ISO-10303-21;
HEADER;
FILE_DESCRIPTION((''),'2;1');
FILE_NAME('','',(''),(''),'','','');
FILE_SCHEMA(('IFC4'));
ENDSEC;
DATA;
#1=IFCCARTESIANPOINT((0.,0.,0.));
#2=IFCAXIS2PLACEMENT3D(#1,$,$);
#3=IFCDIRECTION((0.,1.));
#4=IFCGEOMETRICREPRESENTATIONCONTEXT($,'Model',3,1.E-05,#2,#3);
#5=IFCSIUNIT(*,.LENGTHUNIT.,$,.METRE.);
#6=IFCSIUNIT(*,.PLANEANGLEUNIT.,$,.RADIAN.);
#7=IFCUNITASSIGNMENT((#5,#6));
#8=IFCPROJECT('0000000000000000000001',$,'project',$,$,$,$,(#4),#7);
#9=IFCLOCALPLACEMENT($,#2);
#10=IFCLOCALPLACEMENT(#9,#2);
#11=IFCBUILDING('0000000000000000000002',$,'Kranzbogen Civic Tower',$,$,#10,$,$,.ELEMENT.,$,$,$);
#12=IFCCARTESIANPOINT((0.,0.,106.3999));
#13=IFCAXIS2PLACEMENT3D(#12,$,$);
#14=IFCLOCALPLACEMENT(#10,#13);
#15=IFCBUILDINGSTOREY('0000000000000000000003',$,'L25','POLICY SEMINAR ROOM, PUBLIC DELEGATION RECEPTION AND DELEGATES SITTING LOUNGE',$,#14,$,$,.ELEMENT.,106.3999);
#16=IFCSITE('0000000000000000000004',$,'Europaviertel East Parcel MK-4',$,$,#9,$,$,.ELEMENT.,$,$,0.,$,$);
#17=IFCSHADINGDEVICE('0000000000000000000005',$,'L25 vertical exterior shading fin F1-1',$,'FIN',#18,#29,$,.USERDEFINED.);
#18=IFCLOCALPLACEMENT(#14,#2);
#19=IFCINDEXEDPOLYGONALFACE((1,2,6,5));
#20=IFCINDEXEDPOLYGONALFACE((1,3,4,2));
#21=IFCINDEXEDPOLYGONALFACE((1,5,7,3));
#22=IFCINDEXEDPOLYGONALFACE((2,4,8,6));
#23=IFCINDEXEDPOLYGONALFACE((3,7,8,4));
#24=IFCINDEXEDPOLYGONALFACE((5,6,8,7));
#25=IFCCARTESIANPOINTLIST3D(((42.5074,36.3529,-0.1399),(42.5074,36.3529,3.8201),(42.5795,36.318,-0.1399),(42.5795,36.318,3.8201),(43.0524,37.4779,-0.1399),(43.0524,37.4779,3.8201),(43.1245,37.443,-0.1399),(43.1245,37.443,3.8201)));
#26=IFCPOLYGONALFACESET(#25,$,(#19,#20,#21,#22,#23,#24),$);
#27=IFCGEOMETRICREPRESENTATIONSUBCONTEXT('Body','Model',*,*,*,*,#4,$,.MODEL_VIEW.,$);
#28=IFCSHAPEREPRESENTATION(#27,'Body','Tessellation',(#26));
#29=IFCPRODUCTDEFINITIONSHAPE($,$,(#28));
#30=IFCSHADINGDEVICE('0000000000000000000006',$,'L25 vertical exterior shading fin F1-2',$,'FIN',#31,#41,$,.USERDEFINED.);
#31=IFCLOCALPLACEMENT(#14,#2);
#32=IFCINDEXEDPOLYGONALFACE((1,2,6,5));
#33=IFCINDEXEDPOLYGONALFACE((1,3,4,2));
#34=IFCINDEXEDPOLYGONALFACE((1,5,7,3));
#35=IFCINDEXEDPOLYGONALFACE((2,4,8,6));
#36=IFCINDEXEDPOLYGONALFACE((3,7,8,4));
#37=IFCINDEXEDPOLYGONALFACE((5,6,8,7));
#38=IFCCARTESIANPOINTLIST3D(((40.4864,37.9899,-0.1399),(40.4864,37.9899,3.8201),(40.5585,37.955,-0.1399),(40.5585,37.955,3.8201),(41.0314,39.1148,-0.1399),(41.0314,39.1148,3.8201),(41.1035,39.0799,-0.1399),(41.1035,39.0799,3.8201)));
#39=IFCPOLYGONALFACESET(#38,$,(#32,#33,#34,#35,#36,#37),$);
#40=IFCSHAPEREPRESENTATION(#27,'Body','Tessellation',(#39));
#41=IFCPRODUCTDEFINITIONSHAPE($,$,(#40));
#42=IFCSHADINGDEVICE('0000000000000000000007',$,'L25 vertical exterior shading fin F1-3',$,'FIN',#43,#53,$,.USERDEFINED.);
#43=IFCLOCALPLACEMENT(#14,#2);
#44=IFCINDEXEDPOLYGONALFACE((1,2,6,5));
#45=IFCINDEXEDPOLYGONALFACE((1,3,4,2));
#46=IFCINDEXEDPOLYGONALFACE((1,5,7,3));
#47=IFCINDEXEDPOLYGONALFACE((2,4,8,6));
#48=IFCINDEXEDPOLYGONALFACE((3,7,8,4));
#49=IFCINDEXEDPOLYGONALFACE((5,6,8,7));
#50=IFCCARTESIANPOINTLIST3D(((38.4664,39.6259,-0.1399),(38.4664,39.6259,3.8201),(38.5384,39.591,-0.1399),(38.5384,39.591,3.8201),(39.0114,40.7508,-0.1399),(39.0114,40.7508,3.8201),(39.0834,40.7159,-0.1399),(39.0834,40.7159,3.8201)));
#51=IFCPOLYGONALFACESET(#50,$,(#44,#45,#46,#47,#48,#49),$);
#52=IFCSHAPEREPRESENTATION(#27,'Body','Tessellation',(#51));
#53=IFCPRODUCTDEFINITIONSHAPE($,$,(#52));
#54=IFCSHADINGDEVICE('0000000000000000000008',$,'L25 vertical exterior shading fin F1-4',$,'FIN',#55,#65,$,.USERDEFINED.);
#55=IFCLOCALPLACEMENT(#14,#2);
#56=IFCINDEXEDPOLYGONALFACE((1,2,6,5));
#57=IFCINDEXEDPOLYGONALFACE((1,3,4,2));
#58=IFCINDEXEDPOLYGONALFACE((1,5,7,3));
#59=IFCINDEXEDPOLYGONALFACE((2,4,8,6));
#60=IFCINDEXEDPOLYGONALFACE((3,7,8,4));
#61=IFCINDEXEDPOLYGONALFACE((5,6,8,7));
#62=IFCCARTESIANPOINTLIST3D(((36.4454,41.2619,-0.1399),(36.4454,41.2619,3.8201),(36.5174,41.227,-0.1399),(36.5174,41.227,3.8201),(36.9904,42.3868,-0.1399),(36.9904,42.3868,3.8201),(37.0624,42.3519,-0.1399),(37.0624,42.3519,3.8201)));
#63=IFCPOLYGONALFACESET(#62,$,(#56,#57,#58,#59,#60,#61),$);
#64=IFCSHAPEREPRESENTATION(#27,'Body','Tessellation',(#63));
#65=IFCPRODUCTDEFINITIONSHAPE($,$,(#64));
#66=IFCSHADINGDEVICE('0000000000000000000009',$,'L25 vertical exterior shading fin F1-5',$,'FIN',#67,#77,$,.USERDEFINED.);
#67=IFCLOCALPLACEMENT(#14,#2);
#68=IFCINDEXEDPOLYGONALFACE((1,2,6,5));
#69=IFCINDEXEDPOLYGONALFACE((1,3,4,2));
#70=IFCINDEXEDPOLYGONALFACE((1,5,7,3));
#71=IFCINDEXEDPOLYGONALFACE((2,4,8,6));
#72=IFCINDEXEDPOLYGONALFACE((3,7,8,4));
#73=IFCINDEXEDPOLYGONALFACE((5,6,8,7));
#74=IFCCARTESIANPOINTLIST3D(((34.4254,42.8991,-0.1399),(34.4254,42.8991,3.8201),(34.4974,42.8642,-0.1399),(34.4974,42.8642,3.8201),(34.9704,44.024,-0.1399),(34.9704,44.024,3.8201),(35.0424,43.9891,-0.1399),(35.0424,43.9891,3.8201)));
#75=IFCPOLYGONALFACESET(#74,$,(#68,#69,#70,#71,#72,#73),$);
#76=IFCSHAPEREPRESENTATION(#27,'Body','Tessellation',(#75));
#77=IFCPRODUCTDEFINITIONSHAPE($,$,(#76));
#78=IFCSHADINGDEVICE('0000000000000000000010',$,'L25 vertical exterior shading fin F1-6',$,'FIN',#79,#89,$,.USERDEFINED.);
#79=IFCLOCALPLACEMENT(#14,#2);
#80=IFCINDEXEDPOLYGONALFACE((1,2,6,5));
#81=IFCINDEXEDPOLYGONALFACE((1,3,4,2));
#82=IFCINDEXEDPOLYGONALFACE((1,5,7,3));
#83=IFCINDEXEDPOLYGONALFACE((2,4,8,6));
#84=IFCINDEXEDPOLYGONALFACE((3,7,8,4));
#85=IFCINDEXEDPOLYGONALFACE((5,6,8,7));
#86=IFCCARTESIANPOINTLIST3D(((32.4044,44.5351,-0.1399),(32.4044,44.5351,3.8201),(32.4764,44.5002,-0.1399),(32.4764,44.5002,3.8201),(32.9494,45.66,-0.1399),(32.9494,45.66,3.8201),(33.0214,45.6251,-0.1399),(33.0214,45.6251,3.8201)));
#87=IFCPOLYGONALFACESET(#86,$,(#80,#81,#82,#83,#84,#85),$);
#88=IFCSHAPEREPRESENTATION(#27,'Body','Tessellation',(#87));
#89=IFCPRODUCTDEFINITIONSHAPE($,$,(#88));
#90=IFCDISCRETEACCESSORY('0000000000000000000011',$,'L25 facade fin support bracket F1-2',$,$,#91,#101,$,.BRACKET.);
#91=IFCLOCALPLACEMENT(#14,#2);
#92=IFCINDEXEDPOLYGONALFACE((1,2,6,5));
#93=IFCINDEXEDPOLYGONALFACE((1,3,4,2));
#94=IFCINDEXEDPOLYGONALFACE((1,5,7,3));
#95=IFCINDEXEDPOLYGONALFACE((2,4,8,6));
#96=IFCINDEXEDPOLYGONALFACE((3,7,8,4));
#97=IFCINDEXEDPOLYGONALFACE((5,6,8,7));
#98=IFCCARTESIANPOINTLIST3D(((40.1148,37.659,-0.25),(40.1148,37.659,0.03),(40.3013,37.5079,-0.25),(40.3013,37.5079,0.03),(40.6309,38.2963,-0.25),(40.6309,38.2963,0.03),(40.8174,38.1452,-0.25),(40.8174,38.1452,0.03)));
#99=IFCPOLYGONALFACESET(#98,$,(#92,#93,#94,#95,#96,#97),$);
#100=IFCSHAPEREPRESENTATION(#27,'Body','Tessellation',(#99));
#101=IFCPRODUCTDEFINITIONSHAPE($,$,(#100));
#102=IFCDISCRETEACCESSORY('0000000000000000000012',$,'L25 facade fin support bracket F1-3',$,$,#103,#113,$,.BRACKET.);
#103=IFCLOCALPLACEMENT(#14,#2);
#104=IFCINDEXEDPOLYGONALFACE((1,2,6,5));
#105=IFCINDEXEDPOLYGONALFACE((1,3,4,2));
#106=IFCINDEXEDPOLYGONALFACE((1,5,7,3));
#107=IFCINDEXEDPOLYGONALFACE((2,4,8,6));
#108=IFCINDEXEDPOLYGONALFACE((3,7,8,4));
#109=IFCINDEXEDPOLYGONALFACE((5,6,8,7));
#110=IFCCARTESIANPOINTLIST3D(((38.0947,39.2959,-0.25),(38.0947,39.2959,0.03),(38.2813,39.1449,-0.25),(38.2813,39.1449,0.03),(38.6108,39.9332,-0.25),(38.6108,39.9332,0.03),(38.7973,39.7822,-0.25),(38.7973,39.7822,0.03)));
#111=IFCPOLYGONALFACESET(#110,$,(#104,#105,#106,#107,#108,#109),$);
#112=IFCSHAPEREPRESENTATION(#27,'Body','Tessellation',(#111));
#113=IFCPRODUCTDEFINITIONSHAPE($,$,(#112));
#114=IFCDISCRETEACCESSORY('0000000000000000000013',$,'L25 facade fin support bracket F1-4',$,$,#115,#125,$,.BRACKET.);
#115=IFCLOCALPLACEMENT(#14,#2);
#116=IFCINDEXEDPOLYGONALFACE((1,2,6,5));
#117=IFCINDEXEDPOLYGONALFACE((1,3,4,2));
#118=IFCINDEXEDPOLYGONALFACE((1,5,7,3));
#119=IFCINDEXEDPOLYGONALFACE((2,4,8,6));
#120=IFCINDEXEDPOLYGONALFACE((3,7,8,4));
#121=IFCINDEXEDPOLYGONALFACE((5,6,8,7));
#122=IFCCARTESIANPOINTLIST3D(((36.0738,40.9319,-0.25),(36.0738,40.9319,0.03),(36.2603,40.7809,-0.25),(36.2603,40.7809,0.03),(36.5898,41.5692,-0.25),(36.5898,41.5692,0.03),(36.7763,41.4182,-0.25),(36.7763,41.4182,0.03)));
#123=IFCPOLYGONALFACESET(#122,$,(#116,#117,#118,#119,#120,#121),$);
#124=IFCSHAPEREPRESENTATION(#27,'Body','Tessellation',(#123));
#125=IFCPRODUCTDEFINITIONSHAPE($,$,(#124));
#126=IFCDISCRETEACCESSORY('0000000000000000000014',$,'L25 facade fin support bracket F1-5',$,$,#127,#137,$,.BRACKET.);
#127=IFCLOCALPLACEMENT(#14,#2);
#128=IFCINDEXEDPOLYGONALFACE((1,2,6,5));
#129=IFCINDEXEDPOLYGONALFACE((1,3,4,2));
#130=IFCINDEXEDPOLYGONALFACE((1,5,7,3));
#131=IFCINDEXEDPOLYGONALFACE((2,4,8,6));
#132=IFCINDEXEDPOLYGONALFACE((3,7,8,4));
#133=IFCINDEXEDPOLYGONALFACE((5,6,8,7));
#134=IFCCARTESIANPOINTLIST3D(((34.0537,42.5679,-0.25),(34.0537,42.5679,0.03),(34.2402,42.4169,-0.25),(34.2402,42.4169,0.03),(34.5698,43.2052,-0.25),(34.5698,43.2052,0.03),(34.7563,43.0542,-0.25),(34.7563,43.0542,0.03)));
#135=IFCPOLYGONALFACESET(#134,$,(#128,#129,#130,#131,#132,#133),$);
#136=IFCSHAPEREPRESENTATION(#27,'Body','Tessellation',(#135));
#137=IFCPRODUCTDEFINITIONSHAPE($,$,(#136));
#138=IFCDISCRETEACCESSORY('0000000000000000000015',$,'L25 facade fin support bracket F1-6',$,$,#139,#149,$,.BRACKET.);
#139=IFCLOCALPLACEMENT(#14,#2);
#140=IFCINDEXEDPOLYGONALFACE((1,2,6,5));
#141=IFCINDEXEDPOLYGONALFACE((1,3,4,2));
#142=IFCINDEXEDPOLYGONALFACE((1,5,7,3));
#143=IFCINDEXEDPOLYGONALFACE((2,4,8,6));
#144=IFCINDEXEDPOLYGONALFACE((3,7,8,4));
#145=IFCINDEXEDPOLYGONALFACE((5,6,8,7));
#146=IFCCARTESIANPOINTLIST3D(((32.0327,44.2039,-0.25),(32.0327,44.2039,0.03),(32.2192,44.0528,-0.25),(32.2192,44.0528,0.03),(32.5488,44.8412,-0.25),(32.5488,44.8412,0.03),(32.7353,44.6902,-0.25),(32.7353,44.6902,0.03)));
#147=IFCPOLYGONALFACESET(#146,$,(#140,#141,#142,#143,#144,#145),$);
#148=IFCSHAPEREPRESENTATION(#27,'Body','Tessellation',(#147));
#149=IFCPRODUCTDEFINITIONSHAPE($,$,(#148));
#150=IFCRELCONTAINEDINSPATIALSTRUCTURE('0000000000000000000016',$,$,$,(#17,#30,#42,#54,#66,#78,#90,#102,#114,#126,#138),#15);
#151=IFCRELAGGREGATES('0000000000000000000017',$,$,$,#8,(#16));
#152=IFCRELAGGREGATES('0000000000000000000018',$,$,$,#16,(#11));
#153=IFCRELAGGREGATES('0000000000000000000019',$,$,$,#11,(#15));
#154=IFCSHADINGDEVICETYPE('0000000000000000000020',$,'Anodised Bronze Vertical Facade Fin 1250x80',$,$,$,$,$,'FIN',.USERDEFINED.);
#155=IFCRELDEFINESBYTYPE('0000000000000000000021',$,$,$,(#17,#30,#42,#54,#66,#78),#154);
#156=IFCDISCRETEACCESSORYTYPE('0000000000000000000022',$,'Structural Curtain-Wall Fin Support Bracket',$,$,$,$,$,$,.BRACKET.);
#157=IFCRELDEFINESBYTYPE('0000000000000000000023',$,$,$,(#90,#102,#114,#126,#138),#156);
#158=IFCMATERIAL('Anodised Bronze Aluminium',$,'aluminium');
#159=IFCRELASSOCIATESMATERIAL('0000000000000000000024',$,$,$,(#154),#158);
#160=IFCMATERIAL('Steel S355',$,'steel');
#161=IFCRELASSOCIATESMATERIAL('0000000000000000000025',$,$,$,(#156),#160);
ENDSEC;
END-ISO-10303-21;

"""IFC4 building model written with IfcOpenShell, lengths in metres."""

from ifc_helpers import new_model, si_unit, direction, frame, origin, origin_2d, place, context, subcontext, project, spatial, rectangle, extrude, material, type_object, element, save


model = new_model("IFC4")

# Units and contexts
model_context = context("Model", 3, precision=1e-05, world=origin(), true_north=direction((0.0, 1.0)))
body_context = subcontext(model_context, "Body", "Model", "MODEL_VIEW")
ifc_project = project(units=[si_unit("LENGTHUNIT", "METRE"), si_unit("PLANEANGLEUNIT", "RADIAN")], contexts=[model_context])

# Site, building, storey
site_placement = place(None, origin())
site = spatial("IfcSite", under=ifc_project, at=site_placement, Name="Europaviertel East Parcel MK-4", CompositionType="ELEMENT", RefElevation=0.0)
building_placement = place(site_placement, origin())
building = spatial("IfcBuilding", under=site, at=building_placement, Name="Kranzbogen Civic Tower", CompositionType="ELEMENT")
storey_placement = place(building_placement, frame((0.0, 0.0, 106.3999)))
storey = spatial("IfcBuildingStorey", under=building, at=storey_placement, Name="L25", Description="POLICY SEMINAR ROOM, PUBLIC DELEGATION RECEPTION AND DELEGATES SITTING LOUNGE", CompositionType="ELEMENT", Elevation=106.3999)

# Shared definitions
ifc_material_1 = material(Name="Steel S355", Category="steel")

# Shading devices
ifc_material_2 = material(Name="Anodised Bronze Aluminium", Category="aluminium")
shading_device_type = type_object("IfcShadingDeviceType", Name="Anodised Bronze Vertical Facade Fin 1250x80", ElementType="FIN", PredefinedType="USERDEFINED", material=ifc_material_2)
for number, where, z_axis, x_axis, name in (
    (1, (42.8159, 36.8979, -0.1399), (0.0, 0.0, 1.0), (0.436001, 0.899946, 0.0), "L25 vertical exterior shading fin F1-1"),
    (2, (40.7949, 38.5349, -0.1399), (0.0, 0.0, 1.0), (0.436001, 0.899946, 0.0), "L25 vertical exterior shading fin F1-2"),
    (3, (38.7749, 40.1709, -0.1399), (0.0, 0.0, 1.0), (0.436001, 0.899946, 0.0), "L25 vertical exterior shading fin F1-3"),
    (4, (36.7539, 41.8069, -0.1399), (0.0, 0.0, 1.0), (0.436001, 0.899946, 0.0), "L25 vertical exterior shading fin F1-4"),
    (5, (34.7339, 43.4441, -0.1399), (0.0, 0.0, 1.0), (0.436001, 0.899946, 0.0), "L25 vertical exterior shading fin F1-5"),
    (6, (32.7129, 45.0801, -0.1399), (0.0, 0.0, 1.0), (0.436001, 0.899946, 0.0), "L25 vertical exterior shading fin F1-6"),
):
    element("IfcShadingDevice", number, at=place(storey_placement, frame(where, z_axis=z_axis, x_axis=x_axis)), inside=storey, type_object=shading_device_type, Name=name, ObjectType="FIN", PredefinedType="USERDEFINED", context=body_context, shape_type="SweptSolid", body=[
        extrude(rectangle(XDim=1.25, YDim=0.0801, at=origin_2d()), origin(), (0.0, 0.0, 1.0), 3.96),
    ])

# Discrete accessories
discrete_accessory_type = type_object("IfcDiscreteAccessoryType", Name="Structural Curtain-Wall Fin Support Bracket", PredefinedType="BRACKET", material=ifc_material_1)
for number, where, z_axis, x_axis, name in (
    (7, (40.4661, 37.9021, -0.25), (0.0, 0.0, 1.0), (0.62932, 0.777146, 0.0), "L25 facade fin support bracket F1-2"),
    (8, (38.446, 39.5391, -0.25), (0.0, 0.0, 1.0), (0.62932, 0.777146, 0.0), "L25 facade fin support bracket F1-3"),
    (9, (36.425, 41.175, -0.25), (0.0, 0.0, 1.0), (0.62932, 0.777146, 0.0), "L25 facade fin support bracket F1-4"),
    (10, (34.405, 42.811, -0.25), (0.0, 0.0, 1.0), (0.62932, 0.777146, 0.0), "L25 facade fin support bracket F1-5"),
    (11, (32.384, 44.447, -0.25), (0.0, 0.0, 1.0), (0.62932, 0.777146, 0.0), "L25 facade fin support bracket F1-6"),
):
    element("IfcDiscreteAccessory", number, at=place(storey_placement, frame(where, z_axis=z_axis, x_axis=x_axis)), inside=storey, type_object=discrete_accessory_type, Name=name, PredefinedType="BRACKET", context=body_context, shape_type="SweptSolid", body=[
        extrude(rectangle(XDim=0.8201, YDim=0.24, at=origin_2d()), origin(), (0.0, 0.0, 1.0), 0.28),
    ])

save(model, "model.ifc")
